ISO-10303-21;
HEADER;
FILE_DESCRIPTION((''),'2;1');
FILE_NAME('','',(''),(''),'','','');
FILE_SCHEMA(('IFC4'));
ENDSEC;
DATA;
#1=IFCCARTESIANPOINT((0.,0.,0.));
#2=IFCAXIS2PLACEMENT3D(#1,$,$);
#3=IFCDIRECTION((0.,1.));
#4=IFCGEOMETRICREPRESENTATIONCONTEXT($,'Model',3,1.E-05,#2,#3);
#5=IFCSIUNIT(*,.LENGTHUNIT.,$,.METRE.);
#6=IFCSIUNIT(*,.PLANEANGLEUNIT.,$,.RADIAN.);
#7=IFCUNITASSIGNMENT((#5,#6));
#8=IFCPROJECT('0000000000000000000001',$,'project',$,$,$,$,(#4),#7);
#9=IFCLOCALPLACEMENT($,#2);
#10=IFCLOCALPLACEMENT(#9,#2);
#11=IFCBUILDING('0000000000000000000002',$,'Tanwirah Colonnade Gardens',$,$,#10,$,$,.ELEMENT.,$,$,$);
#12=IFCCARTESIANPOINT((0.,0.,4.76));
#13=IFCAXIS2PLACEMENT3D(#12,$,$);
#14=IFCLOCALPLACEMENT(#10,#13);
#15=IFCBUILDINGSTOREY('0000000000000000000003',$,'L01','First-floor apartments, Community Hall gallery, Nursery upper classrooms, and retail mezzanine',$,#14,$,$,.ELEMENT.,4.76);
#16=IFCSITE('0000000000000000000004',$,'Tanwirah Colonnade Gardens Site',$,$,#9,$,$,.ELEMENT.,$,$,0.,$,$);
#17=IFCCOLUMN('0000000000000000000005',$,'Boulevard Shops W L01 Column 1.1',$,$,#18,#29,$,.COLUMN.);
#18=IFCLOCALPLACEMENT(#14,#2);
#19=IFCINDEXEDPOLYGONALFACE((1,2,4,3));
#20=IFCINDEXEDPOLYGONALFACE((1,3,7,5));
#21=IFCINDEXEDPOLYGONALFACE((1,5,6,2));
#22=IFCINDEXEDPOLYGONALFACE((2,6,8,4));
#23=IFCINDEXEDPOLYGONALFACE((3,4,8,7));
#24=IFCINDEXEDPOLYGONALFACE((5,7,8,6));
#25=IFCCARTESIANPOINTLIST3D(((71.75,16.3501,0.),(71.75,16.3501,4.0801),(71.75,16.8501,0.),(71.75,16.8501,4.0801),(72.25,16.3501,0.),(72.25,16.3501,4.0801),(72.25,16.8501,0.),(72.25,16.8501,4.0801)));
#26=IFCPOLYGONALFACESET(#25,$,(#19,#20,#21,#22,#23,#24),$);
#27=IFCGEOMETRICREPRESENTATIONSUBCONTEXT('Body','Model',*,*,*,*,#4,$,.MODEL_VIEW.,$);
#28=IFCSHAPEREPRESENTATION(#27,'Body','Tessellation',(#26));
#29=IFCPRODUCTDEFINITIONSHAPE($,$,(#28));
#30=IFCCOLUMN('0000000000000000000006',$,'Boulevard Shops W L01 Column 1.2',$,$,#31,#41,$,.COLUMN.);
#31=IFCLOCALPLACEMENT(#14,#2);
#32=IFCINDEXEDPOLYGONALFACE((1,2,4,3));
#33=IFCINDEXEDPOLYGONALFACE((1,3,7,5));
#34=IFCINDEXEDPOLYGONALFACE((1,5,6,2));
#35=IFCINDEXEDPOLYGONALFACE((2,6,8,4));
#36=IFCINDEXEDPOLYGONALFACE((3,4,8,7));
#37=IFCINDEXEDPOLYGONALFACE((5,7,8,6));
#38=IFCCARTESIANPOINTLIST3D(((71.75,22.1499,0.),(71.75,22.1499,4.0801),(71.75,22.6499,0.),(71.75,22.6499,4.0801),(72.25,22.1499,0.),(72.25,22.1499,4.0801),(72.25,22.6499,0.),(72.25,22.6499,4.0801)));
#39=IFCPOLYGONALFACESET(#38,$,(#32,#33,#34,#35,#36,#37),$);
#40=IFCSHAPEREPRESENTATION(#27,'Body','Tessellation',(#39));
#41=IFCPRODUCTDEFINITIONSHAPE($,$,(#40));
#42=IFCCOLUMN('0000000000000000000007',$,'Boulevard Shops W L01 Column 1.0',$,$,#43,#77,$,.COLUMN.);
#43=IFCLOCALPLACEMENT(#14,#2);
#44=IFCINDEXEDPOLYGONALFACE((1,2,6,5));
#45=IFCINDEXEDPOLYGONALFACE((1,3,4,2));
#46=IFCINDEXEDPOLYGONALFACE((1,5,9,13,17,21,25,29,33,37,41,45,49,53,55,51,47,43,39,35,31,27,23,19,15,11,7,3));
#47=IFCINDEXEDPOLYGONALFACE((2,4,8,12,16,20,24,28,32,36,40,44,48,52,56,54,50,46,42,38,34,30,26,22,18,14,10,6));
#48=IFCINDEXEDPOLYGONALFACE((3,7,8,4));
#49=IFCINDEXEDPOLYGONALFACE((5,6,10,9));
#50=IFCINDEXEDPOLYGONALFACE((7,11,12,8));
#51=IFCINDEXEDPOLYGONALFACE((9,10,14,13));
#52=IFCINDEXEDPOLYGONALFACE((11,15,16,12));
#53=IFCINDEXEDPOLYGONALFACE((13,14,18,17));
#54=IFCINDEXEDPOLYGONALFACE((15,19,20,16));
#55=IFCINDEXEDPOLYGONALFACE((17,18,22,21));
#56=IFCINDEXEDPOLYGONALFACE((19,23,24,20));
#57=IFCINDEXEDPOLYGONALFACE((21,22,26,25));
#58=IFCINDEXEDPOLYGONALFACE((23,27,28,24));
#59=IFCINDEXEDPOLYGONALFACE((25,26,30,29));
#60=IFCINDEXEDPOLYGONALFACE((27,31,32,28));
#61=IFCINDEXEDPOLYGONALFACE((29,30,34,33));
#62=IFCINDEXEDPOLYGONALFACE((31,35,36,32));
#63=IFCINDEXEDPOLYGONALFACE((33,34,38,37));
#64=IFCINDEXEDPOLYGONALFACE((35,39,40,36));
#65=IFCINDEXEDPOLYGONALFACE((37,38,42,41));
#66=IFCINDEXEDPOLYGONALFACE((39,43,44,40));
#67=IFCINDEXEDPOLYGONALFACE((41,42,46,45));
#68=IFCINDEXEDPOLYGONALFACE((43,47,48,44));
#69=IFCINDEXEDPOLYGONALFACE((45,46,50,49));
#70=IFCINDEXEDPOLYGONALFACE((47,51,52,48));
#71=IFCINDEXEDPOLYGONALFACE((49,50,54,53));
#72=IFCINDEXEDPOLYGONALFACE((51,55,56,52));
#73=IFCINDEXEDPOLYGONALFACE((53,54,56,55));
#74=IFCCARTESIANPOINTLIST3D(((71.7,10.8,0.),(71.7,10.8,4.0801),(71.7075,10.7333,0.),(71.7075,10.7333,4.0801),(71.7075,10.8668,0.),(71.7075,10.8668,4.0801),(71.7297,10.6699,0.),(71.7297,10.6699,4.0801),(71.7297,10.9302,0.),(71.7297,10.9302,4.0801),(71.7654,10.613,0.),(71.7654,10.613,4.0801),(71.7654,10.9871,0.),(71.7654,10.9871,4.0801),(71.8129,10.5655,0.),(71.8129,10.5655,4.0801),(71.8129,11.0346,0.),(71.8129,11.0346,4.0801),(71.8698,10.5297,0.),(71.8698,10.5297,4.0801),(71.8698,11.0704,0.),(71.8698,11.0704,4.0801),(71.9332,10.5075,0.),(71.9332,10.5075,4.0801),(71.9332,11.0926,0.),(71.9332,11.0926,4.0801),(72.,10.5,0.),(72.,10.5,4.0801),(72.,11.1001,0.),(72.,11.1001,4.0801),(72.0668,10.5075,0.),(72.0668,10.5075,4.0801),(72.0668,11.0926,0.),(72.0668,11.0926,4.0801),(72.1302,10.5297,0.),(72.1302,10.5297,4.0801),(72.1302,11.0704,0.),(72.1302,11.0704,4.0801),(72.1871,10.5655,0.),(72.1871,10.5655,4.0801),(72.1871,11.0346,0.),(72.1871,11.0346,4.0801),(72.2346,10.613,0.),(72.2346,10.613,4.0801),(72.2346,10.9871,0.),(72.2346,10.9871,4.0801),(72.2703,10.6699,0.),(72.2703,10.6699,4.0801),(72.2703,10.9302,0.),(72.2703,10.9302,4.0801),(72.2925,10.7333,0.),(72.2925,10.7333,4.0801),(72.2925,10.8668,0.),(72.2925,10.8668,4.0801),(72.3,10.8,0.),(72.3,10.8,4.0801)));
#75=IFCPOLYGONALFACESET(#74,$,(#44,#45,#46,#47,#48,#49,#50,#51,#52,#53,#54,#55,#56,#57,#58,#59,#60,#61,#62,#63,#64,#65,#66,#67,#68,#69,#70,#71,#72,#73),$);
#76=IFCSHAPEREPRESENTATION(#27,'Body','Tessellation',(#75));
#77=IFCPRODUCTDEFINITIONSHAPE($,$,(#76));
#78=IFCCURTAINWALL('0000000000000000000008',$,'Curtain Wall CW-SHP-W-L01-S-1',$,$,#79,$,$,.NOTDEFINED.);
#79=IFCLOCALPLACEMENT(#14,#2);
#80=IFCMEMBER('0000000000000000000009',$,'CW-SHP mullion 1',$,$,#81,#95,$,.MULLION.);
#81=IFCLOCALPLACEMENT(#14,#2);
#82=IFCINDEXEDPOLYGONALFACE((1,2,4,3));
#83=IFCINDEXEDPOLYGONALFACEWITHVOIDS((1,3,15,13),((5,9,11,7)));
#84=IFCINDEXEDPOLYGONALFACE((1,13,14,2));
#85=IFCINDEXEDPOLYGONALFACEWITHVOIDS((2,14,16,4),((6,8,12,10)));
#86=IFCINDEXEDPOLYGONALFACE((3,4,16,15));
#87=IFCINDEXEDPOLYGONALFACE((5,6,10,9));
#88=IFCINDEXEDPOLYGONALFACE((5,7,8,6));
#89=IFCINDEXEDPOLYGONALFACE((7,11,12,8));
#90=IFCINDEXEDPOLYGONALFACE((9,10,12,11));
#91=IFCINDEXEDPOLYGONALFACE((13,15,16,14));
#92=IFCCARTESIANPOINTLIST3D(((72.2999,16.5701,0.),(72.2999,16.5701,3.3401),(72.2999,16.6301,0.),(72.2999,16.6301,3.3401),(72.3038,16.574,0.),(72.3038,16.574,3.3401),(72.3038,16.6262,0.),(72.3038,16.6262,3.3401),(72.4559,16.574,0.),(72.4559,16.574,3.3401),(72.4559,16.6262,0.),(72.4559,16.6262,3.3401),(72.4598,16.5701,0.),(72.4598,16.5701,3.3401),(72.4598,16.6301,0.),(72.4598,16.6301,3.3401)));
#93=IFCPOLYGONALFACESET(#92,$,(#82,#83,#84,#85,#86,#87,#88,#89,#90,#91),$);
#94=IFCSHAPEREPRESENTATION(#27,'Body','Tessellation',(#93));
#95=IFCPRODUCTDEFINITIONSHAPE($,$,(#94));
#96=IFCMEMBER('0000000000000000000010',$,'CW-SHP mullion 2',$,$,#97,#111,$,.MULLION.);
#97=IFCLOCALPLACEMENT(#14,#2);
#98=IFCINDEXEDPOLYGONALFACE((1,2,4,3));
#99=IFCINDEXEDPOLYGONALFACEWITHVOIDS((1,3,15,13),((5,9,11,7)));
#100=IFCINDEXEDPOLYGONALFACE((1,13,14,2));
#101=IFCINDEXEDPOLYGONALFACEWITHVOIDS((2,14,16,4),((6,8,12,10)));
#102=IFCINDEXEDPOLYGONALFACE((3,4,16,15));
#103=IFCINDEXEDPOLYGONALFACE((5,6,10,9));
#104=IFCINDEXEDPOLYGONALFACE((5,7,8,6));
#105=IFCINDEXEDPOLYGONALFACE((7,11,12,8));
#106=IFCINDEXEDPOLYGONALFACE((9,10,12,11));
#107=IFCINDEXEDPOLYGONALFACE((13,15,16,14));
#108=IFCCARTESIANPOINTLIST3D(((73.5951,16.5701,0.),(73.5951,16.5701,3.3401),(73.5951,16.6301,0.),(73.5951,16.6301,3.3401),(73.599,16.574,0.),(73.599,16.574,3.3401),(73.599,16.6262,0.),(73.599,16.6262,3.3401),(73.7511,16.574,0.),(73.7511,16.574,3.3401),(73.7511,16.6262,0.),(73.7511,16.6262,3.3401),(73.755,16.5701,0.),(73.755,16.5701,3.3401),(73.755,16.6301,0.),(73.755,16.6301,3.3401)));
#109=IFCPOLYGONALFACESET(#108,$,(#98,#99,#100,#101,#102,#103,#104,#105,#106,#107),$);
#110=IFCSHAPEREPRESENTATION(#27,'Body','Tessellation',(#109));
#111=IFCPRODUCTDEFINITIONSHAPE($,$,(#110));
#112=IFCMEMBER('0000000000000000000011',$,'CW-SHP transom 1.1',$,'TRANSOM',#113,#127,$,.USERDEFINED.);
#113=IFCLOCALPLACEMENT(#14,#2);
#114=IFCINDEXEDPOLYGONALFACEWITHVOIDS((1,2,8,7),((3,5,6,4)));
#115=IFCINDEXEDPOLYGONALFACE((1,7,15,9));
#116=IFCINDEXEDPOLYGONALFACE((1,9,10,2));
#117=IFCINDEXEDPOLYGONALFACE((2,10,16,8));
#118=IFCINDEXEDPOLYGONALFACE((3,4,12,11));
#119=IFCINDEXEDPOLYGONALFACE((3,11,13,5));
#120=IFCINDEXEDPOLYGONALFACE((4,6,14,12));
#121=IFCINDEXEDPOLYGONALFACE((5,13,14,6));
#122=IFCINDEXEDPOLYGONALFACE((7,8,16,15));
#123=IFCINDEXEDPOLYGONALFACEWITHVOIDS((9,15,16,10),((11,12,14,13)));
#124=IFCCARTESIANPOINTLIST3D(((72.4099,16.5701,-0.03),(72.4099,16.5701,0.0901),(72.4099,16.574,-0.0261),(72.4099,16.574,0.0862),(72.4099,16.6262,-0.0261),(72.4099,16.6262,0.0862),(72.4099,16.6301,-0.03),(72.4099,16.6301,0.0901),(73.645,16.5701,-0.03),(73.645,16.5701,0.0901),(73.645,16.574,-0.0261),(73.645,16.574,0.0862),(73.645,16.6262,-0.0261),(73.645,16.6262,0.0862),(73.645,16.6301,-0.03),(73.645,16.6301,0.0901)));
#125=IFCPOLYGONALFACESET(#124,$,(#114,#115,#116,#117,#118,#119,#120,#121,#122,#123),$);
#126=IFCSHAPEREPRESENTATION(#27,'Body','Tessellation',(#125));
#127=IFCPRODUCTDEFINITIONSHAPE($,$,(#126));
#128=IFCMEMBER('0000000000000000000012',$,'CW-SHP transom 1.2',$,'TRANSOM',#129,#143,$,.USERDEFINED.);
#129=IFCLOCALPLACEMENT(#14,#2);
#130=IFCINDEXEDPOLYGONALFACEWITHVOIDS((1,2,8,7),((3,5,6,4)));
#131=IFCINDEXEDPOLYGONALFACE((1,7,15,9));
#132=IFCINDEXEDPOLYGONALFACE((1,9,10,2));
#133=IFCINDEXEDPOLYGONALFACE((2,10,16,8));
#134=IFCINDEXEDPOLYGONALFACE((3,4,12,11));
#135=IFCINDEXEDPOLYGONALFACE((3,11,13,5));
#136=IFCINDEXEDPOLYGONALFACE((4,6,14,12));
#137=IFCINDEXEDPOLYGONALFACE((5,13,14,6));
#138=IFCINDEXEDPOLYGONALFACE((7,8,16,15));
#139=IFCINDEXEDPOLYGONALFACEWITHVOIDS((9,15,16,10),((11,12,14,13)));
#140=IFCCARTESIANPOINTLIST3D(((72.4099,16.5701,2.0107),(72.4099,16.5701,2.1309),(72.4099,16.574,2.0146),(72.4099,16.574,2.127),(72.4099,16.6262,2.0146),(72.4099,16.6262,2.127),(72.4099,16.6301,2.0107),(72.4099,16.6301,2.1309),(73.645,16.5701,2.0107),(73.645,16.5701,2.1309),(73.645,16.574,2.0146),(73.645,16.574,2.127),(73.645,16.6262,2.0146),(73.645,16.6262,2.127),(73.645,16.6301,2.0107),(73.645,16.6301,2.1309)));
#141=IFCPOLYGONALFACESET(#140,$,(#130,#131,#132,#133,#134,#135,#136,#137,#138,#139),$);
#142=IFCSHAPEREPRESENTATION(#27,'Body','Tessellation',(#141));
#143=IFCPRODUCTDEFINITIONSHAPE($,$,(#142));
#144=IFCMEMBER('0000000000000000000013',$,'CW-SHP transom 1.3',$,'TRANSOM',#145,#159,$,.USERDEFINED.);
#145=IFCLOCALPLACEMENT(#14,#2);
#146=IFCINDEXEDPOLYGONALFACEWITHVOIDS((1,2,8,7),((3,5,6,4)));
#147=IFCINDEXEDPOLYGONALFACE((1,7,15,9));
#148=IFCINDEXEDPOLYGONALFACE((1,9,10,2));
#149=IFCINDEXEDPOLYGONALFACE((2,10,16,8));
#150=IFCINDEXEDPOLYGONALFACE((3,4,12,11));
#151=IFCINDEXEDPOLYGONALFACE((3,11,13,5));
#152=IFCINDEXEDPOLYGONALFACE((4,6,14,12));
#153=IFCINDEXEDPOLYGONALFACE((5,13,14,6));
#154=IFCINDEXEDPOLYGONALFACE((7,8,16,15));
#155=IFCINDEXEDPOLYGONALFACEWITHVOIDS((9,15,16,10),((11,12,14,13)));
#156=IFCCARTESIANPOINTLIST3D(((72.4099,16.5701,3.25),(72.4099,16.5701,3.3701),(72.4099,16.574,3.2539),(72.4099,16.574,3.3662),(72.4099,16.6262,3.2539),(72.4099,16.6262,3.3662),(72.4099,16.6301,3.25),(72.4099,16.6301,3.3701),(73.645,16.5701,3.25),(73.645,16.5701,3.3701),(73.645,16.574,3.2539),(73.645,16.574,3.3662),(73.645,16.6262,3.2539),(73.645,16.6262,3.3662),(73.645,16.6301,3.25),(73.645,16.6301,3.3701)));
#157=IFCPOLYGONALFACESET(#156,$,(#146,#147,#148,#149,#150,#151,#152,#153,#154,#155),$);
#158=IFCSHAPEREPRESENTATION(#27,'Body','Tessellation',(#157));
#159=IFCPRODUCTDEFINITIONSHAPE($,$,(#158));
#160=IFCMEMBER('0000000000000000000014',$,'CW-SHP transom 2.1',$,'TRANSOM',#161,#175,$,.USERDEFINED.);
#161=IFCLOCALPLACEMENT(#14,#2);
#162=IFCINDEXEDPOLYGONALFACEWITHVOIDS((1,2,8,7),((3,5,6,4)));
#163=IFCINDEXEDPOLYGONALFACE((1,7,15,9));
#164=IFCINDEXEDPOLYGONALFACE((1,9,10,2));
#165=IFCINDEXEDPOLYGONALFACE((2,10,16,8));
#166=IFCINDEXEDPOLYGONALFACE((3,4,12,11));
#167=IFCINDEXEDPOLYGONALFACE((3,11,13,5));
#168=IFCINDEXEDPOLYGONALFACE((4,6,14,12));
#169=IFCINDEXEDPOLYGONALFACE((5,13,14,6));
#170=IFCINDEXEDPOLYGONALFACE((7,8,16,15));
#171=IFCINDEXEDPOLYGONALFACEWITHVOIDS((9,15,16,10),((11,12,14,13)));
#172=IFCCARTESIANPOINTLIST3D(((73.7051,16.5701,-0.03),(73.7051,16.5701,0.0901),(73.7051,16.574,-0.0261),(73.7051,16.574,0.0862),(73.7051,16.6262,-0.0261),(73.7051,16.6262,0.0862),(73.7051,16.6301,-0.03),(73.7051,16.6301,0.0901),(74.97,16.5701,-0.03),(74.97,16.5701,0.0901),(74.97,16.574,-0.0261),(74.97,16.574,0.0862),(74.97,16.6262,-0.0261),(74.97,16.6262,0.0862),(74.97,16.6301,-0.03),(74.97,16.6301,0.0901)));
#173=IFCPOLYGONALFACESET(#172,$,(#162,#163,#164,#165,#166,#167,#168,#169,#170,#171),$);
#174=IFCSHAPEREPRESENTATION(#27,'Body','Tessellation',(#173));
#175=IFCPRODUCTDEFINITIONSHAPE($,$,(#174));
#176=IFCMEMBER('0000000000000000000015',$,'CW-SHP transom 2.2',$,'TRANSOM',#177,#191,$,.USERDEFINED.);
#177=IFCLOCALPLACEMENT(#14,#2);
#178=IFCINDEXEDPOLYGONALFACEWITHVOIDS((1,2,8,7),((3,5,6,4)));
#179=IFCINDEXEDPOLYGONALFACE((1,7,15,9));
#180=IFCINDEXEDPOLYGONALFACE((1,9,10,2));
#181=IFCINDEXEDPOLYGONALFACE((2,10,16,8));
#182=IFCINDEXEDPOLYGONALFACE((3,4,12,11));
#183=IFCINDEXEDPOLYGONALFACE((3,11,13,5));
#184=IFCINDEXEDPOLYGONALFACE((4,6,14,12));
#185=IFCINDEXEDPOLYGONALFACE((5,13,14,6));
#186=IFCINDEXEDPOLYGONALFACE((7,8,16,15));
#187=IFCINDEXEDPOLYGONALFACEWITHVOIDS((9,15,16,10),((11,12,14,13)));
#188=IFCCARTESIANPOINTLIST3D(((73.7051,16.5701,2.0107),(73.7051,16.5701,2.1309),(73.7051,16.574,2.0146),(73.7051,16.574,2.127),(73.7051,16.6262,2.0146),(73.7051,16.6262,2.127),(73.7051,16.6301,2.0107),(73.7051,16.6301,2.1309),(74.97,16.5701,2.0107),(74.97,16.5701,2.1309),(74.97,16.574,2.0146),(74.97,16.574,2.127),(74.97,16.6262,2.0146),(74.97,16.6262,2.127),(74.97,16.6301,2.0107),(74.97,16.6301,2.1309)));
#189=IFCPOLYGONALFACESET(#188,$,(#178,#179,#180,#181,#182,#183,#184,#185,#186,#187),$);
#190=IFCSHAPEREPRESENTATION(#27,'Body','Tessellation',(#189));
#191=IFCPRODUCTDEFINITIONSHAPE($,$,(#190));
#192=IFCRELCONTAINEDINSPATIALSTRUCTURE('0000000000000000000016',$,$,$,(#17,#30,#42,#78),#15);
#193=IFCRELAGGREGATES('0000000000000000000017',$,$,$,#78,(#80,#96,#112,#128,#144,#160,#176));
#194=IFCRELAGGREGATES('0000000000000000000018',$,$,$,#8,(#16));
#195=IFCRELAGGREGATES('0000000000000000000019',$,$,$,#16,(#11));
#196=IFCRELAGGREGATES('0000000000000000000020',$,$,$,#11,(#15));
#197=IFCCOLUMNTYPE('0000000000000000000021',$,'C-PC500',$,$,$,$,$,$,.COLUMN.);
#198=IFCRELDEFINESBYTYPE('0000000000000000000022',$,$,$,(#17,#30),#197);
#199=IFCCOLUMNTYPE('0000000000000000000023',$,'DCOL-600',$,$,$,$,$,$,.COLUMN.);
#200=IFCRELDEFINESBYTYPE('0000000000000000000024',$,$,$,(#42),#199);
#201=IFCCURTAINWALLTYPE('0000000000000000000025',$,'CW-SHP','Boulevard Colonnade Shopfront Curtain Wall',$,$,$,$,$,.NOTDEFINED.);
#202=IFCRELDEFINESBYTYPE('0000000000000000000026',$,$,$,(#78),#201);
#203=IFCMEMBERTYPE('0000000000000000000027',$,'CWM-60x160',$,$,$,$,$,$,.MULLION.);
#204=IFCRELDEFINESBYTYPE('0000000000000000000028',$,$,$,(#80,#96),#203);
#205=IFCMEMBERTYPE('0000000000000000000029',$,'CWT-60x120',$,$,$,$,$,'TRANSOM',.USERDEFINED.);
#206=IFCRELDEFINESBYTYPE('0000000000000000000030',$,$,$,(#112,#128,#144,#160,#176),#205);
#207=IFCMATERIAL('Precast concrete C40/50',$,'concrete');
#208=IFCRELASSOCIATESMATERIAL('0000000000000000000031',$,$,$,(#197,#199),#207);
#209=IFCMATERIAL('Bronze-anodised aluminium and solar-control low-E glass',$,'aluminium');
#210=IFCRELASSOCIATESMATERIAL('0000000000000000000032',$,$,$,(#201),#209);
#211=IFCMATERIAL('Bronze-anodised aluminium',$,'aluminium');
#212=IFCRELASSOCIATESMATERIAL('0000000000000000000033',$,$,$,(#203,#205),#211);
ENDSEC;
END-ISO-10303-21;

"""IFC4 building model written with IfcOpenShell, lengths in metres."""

from ifc_helpers import new_model, si_unit, direction, frame, origin, origin_2d, place, context, subcontext, project, spatial, rectangle, hollow_rectangle, circle, extrude, material, material_profile, profile_set, type_object, element, aggregate, save


model = new_model("IFC4")

# Units and contexts
model_context = context("Model", 3, precision=1e-05, world=origin(), true_north=direction((0.0, 1.0)))
body_context = subcontext(model_context, "Body", "Model", "MODEL_VIEW")
ifc_project = project(units=[si_unit("LENGTHUNIT", "METRE"), si_unit("PLANEANGLEUNIT", "RADIAN")], contexts=[model_context])

# Site, building, storey
site_placement = place(None, origin())
site = spatial("IfcSite", under=ifc_project, at=site_placement, Name="Tanwirah Colonnade Gardens Site", CompositionType="ELEMENT", RefElevation=0.0)
building_placement = place(site_placement, origin())
building = spatial("IfcBuilding", under=site, at=building_placement, Name="Tanwirah Colonnade Gardens", CompositionType="ELEMENT")
storey_placement = place(building_placement, frame((0.0, 0.0, 4.76)))
storey = spatial("IfcBuildingStorey", under=building, at=storey_placement, Name="L01", Description="First-floor apartments, Community Hall gallery, Nursery upper classrooms, and retail mezzanine", CompositionType="ELEMENT", Elevation=4.76)

# Columns
ifc_material_1 = material(Name="Precast concrete C40/50", Category="concrete")
ifc_material_profile_1 = material_profile(ifc_material_1, rectangle(XDim=0.5, YDim=0.5, at=origin_2d()), Name="PC-COL 500x500")
ifc_profile_set_1 = profile_set([ifc_material_profile_1], Name="Precast concrete C40/50")
column_type_1 = type_object("IfcColumnType", Name="C-PC500", PredefinedType="COLUMN", material=ifc_profile_set_1)
for number, where, z_axis, x_axis, name in (
    (1, (72.0, 16.6001, 0.0), (0.0, 0.0, 1.0), (1.0, 0.0, 0.0), "Boulevard Shops W L01 Column 1.1"),
    (2, (72.0, 22.3999, 0.0), (0.0, 0.0, 1.0), (1.0, 0.0, 0.0), "Boulevard Shops W L01 Column 1.2"),
):
    element("IfcColumn", number, at=place(storey_placement, frame(where, z_axis=z_axis, x_axis=x_axis)), inside=storey, type_object=column_type_1, Name=name, PredefinedType="COLUMN", context=body_context, shape_type="SweptSolid", body=[
        extrude(rectangle(XDim=0.5, YDim=0.5, at=origin_2d()), origin(), (0.0, 0.0, 1.0), 4.0801),
    ])
ifc_material_profile_2 = material_profile(ifc_material_1, circle(Radius=0.3, at=origin_2d()), Name="PC-DCOL D600")
ifc_profile_set_2 = profile_set([ifc_material_profile_2], Name="Precast concrete C40/50")
column_type_2 = type_object("IfcColumnType", Name="DCOL-600", PredefinedType="COLUMN", material=ifc_profile_set_2)
column_placement = place(storey_placement, frame((72.0, 10.8, 0.0), z_axis=(0.0, 0.0, 1.0), x_axis=(1.0, 0.0, 0.0)))
element("IfcColumn", 3, at=column_placement, inside=storey, type_object=column_type_2, Name="Boulevard Shops W L01 Column 1.0", PredefinedType="COLUMN", context=body_context, shape_type="SweptSolid", body=[
    extrude(circle(Radius=0.3, at=origin_2d()), origin(), (0.0, 0.0, 1.0), 4.0801),
])

# Curtain wall, members
ifc_material_2 = material(Name="Bronze-anodised aluminium and solar-control low-E glass", Category="aluminium")
curtain_wall_type = type_object("IfcCurtainWallType", Name="CW-SHP", Description="Boulevard Colonnade Shopfront Curtain Wall", PredefinedType="NOTDEFINED", material=ifc_material_2)
curtain_wall_placement = place(storey_placement, origin())
curtain_wall = element("IfcCurtainWall", 4, at=curtain_wall_placement, inside=storey, type_object=curtain_wall_type, Name="Curtain Wall CW-SHP-W-L01-S-1", PredefinedType="NOTDEFINED")
ifc_material_3 = material(Name="Bronze-anodised aluminium", Category="aluminium")
ifc_material_profile_3 = material_profile(ifc_material_3, hollow_rectangle(XDim=0.0601, YDim=0.1599, WallThickness=0.0039, at=origin_2d()), Name="CW-MUL 60x160x4")
ifc_profile_set_3 = profile_set([ifc_material_profile_3], Name="Bronze-anodised aluminium")
member_type_1 = type_object("IfcMemberType", Name="CWM-60x160", PredefinedType="MULLION", material=ifc_profile_set_3)
member_1_placement = place(storey_placement, frame((72.3799, 16.6001, 0.0), z_axis=(0.0, 0.0, 1.0), x_axis=(0.0, 1.0, 0.0)))
member_1 = element("IfcMember", 5, at=member_1_placement, type_object=member_type_1, Name="CW-SHP mullion 1", PredefinedType="MULLION", context=body_context, shape_type="SweptSolid", body=[
    extrude(hollow_rectangle(XDim=0.0601, YDim=0.1599, WallThickness=0.0039, at=origin_2d()), origin(), (0.0, 0.0, 1.0), 3.3401),
])
member_2_placement = place(storey_placement, frame((73.675, 16.6001, 0.0), z_axis=(0.0, 0.0, 1.0), x_axis=(0.0, 1.0, 0.0)))
member_2 = element("IfcMember", 6, at=member_2_placement, type_object=member_type_1, Name="CW-SHP mullion 2", PredefinedType="MULLION", context=body_context, shape_type="SweptSolid", body=[
    extrude(hollow_rectangle(XDim=0.0601, YDim=0.1599, WallThickness=0.0039, at=origin_2d()), origin(), (0.0, 0.0, 1.0), 3.3401),
])
ifc_material_profile_4 = material_profile(ifc_material_3, hollow_rectangle(XDim=0.0601, YDim=0.1201, WallThickness=0.0039, at=origin_2d()), Name="CW-TRN 60x120x4")
ifc_profile_set_4 = profile_set([ifc_material_profile_4], Name="Bronze-anodised aluminium")
member_type_2 = type_object("IfcMemberType", Name="CWT-60x120", ElementType="TRANSOM", PredefinedType="USERDEFINED", material=ifc_profile_set_4)
member_3_placement = place(storey_placement, frame((72.4099, 16.6001, 0.03), z_axis=(1.0, 0.0, 0.0), x_axis=(0.0, 1.0, 0.0)))
member_3 = element("IfcMember", 7, at=member_3_placement, type_object=member_type_2, Name="CW-SHP transom 1.1", ObjectType="TRANSOM", PredefinedType="USERDEFINED", context=body_context, shape_type="SweptSolid", body=[
    extrude(hollow_rectangle(XDim=0.0601, YDim=0.1201, WallThickness=0.0039, at=origin_2d()), origin(), (0.0, 0.0, 1.0), 1.2351),
])
member_4_placement = place(storey_placement, frame((72.4099, 16.6001, 2.0708), z_axis=(1.0, 0.0, 0.0), x_axis=(0.0, 1.0, 0.0)))
member_4 = element("IfcMember", 8, at=member_4_placement, type_object=member_type_2, Name="CW-SHP transom 1.2", ObjectType="TRANSOM", PredefinedType="USERDEFINED", context=body_context, shape_type="SweptSolid", body=[
    extrude(hollow_rectangle(XDim=0.0601, YDim=0.1201, WallThickness=0.0039, at=origin_2d()), origin(), (0.0, 0.0, 1.0), 1.2351),
])
member_5_placement = place(storey_placement, frame((72.4099, 16.6001, 3.3101), z_axis=(1.0, 0.0, 0.0), x_axis=(0.0, 1.0, 0.0)))
member_5 = element("IfcMember", 9, at=member_5_placement, type_object=member_type_2, Name="CW-SHP transom 1.3", ObjectType="TRANSOM", PredefinedType="USERDEFINED", context=body_context, shape_type="SweptSolid", body=[
    extrude(hollow_rectangle(XDim=0.0601, YDim=0.1201, WallThickness=0.0039, at=origin_2d()), origin(), (0.0, 0.0, 1.0), 1.2351),
])
member_6_placement = place(storey_placement, frame((73.7051, 16.6001, 0.03), z_axis=(1.0, 0.0, 0.0), x_axis=(0.0, 1.0, 0.0)))
member_6 = element("IfcMember", 10, at=member_6_placement, type_object=member_type_2, Name="CW-SHP transom 2.1", ObjectType="TRANSOM", PredefinedType="USERDEFINED", context=body_context, shape_type="SweptSolid", body=[
    extrude(hollow_rectangle(XDim=0.0601, YDim=0.1201, WallThickness=0.0039, at=origin_2d()), origin(), (0.0, 0.0, 1.0), 1.2649),
])
member_7_placement = place(storey_placement, frame((73.7051, 16.6001, 2.0708), z_axis=(1.0, 0.0, 0.0), x_axis=(0.0, 1.0, 0.0)))
member_7 = element("IfcMember", 11, at=member_7_placement, type_object=member_type_2, Name="CW-SHP transom 2.2", ObjectType="TRANSOM", PredefinedType="USERDEFINED", context=body_context, shape_type="SweptSolid", body=[
    extrude(hollow_rectangle(XDim=0.0601, YDim=0.1201, WallThickness=0.0039, at=origin_2d()), origin(), (0.0, 0.0, 1.0), 1.2649),
])

aggregate(curtain_wall, [member_1, member_2, member_3, member_4, member_5, member_6, member_7])

save(model, "model.ifc")
